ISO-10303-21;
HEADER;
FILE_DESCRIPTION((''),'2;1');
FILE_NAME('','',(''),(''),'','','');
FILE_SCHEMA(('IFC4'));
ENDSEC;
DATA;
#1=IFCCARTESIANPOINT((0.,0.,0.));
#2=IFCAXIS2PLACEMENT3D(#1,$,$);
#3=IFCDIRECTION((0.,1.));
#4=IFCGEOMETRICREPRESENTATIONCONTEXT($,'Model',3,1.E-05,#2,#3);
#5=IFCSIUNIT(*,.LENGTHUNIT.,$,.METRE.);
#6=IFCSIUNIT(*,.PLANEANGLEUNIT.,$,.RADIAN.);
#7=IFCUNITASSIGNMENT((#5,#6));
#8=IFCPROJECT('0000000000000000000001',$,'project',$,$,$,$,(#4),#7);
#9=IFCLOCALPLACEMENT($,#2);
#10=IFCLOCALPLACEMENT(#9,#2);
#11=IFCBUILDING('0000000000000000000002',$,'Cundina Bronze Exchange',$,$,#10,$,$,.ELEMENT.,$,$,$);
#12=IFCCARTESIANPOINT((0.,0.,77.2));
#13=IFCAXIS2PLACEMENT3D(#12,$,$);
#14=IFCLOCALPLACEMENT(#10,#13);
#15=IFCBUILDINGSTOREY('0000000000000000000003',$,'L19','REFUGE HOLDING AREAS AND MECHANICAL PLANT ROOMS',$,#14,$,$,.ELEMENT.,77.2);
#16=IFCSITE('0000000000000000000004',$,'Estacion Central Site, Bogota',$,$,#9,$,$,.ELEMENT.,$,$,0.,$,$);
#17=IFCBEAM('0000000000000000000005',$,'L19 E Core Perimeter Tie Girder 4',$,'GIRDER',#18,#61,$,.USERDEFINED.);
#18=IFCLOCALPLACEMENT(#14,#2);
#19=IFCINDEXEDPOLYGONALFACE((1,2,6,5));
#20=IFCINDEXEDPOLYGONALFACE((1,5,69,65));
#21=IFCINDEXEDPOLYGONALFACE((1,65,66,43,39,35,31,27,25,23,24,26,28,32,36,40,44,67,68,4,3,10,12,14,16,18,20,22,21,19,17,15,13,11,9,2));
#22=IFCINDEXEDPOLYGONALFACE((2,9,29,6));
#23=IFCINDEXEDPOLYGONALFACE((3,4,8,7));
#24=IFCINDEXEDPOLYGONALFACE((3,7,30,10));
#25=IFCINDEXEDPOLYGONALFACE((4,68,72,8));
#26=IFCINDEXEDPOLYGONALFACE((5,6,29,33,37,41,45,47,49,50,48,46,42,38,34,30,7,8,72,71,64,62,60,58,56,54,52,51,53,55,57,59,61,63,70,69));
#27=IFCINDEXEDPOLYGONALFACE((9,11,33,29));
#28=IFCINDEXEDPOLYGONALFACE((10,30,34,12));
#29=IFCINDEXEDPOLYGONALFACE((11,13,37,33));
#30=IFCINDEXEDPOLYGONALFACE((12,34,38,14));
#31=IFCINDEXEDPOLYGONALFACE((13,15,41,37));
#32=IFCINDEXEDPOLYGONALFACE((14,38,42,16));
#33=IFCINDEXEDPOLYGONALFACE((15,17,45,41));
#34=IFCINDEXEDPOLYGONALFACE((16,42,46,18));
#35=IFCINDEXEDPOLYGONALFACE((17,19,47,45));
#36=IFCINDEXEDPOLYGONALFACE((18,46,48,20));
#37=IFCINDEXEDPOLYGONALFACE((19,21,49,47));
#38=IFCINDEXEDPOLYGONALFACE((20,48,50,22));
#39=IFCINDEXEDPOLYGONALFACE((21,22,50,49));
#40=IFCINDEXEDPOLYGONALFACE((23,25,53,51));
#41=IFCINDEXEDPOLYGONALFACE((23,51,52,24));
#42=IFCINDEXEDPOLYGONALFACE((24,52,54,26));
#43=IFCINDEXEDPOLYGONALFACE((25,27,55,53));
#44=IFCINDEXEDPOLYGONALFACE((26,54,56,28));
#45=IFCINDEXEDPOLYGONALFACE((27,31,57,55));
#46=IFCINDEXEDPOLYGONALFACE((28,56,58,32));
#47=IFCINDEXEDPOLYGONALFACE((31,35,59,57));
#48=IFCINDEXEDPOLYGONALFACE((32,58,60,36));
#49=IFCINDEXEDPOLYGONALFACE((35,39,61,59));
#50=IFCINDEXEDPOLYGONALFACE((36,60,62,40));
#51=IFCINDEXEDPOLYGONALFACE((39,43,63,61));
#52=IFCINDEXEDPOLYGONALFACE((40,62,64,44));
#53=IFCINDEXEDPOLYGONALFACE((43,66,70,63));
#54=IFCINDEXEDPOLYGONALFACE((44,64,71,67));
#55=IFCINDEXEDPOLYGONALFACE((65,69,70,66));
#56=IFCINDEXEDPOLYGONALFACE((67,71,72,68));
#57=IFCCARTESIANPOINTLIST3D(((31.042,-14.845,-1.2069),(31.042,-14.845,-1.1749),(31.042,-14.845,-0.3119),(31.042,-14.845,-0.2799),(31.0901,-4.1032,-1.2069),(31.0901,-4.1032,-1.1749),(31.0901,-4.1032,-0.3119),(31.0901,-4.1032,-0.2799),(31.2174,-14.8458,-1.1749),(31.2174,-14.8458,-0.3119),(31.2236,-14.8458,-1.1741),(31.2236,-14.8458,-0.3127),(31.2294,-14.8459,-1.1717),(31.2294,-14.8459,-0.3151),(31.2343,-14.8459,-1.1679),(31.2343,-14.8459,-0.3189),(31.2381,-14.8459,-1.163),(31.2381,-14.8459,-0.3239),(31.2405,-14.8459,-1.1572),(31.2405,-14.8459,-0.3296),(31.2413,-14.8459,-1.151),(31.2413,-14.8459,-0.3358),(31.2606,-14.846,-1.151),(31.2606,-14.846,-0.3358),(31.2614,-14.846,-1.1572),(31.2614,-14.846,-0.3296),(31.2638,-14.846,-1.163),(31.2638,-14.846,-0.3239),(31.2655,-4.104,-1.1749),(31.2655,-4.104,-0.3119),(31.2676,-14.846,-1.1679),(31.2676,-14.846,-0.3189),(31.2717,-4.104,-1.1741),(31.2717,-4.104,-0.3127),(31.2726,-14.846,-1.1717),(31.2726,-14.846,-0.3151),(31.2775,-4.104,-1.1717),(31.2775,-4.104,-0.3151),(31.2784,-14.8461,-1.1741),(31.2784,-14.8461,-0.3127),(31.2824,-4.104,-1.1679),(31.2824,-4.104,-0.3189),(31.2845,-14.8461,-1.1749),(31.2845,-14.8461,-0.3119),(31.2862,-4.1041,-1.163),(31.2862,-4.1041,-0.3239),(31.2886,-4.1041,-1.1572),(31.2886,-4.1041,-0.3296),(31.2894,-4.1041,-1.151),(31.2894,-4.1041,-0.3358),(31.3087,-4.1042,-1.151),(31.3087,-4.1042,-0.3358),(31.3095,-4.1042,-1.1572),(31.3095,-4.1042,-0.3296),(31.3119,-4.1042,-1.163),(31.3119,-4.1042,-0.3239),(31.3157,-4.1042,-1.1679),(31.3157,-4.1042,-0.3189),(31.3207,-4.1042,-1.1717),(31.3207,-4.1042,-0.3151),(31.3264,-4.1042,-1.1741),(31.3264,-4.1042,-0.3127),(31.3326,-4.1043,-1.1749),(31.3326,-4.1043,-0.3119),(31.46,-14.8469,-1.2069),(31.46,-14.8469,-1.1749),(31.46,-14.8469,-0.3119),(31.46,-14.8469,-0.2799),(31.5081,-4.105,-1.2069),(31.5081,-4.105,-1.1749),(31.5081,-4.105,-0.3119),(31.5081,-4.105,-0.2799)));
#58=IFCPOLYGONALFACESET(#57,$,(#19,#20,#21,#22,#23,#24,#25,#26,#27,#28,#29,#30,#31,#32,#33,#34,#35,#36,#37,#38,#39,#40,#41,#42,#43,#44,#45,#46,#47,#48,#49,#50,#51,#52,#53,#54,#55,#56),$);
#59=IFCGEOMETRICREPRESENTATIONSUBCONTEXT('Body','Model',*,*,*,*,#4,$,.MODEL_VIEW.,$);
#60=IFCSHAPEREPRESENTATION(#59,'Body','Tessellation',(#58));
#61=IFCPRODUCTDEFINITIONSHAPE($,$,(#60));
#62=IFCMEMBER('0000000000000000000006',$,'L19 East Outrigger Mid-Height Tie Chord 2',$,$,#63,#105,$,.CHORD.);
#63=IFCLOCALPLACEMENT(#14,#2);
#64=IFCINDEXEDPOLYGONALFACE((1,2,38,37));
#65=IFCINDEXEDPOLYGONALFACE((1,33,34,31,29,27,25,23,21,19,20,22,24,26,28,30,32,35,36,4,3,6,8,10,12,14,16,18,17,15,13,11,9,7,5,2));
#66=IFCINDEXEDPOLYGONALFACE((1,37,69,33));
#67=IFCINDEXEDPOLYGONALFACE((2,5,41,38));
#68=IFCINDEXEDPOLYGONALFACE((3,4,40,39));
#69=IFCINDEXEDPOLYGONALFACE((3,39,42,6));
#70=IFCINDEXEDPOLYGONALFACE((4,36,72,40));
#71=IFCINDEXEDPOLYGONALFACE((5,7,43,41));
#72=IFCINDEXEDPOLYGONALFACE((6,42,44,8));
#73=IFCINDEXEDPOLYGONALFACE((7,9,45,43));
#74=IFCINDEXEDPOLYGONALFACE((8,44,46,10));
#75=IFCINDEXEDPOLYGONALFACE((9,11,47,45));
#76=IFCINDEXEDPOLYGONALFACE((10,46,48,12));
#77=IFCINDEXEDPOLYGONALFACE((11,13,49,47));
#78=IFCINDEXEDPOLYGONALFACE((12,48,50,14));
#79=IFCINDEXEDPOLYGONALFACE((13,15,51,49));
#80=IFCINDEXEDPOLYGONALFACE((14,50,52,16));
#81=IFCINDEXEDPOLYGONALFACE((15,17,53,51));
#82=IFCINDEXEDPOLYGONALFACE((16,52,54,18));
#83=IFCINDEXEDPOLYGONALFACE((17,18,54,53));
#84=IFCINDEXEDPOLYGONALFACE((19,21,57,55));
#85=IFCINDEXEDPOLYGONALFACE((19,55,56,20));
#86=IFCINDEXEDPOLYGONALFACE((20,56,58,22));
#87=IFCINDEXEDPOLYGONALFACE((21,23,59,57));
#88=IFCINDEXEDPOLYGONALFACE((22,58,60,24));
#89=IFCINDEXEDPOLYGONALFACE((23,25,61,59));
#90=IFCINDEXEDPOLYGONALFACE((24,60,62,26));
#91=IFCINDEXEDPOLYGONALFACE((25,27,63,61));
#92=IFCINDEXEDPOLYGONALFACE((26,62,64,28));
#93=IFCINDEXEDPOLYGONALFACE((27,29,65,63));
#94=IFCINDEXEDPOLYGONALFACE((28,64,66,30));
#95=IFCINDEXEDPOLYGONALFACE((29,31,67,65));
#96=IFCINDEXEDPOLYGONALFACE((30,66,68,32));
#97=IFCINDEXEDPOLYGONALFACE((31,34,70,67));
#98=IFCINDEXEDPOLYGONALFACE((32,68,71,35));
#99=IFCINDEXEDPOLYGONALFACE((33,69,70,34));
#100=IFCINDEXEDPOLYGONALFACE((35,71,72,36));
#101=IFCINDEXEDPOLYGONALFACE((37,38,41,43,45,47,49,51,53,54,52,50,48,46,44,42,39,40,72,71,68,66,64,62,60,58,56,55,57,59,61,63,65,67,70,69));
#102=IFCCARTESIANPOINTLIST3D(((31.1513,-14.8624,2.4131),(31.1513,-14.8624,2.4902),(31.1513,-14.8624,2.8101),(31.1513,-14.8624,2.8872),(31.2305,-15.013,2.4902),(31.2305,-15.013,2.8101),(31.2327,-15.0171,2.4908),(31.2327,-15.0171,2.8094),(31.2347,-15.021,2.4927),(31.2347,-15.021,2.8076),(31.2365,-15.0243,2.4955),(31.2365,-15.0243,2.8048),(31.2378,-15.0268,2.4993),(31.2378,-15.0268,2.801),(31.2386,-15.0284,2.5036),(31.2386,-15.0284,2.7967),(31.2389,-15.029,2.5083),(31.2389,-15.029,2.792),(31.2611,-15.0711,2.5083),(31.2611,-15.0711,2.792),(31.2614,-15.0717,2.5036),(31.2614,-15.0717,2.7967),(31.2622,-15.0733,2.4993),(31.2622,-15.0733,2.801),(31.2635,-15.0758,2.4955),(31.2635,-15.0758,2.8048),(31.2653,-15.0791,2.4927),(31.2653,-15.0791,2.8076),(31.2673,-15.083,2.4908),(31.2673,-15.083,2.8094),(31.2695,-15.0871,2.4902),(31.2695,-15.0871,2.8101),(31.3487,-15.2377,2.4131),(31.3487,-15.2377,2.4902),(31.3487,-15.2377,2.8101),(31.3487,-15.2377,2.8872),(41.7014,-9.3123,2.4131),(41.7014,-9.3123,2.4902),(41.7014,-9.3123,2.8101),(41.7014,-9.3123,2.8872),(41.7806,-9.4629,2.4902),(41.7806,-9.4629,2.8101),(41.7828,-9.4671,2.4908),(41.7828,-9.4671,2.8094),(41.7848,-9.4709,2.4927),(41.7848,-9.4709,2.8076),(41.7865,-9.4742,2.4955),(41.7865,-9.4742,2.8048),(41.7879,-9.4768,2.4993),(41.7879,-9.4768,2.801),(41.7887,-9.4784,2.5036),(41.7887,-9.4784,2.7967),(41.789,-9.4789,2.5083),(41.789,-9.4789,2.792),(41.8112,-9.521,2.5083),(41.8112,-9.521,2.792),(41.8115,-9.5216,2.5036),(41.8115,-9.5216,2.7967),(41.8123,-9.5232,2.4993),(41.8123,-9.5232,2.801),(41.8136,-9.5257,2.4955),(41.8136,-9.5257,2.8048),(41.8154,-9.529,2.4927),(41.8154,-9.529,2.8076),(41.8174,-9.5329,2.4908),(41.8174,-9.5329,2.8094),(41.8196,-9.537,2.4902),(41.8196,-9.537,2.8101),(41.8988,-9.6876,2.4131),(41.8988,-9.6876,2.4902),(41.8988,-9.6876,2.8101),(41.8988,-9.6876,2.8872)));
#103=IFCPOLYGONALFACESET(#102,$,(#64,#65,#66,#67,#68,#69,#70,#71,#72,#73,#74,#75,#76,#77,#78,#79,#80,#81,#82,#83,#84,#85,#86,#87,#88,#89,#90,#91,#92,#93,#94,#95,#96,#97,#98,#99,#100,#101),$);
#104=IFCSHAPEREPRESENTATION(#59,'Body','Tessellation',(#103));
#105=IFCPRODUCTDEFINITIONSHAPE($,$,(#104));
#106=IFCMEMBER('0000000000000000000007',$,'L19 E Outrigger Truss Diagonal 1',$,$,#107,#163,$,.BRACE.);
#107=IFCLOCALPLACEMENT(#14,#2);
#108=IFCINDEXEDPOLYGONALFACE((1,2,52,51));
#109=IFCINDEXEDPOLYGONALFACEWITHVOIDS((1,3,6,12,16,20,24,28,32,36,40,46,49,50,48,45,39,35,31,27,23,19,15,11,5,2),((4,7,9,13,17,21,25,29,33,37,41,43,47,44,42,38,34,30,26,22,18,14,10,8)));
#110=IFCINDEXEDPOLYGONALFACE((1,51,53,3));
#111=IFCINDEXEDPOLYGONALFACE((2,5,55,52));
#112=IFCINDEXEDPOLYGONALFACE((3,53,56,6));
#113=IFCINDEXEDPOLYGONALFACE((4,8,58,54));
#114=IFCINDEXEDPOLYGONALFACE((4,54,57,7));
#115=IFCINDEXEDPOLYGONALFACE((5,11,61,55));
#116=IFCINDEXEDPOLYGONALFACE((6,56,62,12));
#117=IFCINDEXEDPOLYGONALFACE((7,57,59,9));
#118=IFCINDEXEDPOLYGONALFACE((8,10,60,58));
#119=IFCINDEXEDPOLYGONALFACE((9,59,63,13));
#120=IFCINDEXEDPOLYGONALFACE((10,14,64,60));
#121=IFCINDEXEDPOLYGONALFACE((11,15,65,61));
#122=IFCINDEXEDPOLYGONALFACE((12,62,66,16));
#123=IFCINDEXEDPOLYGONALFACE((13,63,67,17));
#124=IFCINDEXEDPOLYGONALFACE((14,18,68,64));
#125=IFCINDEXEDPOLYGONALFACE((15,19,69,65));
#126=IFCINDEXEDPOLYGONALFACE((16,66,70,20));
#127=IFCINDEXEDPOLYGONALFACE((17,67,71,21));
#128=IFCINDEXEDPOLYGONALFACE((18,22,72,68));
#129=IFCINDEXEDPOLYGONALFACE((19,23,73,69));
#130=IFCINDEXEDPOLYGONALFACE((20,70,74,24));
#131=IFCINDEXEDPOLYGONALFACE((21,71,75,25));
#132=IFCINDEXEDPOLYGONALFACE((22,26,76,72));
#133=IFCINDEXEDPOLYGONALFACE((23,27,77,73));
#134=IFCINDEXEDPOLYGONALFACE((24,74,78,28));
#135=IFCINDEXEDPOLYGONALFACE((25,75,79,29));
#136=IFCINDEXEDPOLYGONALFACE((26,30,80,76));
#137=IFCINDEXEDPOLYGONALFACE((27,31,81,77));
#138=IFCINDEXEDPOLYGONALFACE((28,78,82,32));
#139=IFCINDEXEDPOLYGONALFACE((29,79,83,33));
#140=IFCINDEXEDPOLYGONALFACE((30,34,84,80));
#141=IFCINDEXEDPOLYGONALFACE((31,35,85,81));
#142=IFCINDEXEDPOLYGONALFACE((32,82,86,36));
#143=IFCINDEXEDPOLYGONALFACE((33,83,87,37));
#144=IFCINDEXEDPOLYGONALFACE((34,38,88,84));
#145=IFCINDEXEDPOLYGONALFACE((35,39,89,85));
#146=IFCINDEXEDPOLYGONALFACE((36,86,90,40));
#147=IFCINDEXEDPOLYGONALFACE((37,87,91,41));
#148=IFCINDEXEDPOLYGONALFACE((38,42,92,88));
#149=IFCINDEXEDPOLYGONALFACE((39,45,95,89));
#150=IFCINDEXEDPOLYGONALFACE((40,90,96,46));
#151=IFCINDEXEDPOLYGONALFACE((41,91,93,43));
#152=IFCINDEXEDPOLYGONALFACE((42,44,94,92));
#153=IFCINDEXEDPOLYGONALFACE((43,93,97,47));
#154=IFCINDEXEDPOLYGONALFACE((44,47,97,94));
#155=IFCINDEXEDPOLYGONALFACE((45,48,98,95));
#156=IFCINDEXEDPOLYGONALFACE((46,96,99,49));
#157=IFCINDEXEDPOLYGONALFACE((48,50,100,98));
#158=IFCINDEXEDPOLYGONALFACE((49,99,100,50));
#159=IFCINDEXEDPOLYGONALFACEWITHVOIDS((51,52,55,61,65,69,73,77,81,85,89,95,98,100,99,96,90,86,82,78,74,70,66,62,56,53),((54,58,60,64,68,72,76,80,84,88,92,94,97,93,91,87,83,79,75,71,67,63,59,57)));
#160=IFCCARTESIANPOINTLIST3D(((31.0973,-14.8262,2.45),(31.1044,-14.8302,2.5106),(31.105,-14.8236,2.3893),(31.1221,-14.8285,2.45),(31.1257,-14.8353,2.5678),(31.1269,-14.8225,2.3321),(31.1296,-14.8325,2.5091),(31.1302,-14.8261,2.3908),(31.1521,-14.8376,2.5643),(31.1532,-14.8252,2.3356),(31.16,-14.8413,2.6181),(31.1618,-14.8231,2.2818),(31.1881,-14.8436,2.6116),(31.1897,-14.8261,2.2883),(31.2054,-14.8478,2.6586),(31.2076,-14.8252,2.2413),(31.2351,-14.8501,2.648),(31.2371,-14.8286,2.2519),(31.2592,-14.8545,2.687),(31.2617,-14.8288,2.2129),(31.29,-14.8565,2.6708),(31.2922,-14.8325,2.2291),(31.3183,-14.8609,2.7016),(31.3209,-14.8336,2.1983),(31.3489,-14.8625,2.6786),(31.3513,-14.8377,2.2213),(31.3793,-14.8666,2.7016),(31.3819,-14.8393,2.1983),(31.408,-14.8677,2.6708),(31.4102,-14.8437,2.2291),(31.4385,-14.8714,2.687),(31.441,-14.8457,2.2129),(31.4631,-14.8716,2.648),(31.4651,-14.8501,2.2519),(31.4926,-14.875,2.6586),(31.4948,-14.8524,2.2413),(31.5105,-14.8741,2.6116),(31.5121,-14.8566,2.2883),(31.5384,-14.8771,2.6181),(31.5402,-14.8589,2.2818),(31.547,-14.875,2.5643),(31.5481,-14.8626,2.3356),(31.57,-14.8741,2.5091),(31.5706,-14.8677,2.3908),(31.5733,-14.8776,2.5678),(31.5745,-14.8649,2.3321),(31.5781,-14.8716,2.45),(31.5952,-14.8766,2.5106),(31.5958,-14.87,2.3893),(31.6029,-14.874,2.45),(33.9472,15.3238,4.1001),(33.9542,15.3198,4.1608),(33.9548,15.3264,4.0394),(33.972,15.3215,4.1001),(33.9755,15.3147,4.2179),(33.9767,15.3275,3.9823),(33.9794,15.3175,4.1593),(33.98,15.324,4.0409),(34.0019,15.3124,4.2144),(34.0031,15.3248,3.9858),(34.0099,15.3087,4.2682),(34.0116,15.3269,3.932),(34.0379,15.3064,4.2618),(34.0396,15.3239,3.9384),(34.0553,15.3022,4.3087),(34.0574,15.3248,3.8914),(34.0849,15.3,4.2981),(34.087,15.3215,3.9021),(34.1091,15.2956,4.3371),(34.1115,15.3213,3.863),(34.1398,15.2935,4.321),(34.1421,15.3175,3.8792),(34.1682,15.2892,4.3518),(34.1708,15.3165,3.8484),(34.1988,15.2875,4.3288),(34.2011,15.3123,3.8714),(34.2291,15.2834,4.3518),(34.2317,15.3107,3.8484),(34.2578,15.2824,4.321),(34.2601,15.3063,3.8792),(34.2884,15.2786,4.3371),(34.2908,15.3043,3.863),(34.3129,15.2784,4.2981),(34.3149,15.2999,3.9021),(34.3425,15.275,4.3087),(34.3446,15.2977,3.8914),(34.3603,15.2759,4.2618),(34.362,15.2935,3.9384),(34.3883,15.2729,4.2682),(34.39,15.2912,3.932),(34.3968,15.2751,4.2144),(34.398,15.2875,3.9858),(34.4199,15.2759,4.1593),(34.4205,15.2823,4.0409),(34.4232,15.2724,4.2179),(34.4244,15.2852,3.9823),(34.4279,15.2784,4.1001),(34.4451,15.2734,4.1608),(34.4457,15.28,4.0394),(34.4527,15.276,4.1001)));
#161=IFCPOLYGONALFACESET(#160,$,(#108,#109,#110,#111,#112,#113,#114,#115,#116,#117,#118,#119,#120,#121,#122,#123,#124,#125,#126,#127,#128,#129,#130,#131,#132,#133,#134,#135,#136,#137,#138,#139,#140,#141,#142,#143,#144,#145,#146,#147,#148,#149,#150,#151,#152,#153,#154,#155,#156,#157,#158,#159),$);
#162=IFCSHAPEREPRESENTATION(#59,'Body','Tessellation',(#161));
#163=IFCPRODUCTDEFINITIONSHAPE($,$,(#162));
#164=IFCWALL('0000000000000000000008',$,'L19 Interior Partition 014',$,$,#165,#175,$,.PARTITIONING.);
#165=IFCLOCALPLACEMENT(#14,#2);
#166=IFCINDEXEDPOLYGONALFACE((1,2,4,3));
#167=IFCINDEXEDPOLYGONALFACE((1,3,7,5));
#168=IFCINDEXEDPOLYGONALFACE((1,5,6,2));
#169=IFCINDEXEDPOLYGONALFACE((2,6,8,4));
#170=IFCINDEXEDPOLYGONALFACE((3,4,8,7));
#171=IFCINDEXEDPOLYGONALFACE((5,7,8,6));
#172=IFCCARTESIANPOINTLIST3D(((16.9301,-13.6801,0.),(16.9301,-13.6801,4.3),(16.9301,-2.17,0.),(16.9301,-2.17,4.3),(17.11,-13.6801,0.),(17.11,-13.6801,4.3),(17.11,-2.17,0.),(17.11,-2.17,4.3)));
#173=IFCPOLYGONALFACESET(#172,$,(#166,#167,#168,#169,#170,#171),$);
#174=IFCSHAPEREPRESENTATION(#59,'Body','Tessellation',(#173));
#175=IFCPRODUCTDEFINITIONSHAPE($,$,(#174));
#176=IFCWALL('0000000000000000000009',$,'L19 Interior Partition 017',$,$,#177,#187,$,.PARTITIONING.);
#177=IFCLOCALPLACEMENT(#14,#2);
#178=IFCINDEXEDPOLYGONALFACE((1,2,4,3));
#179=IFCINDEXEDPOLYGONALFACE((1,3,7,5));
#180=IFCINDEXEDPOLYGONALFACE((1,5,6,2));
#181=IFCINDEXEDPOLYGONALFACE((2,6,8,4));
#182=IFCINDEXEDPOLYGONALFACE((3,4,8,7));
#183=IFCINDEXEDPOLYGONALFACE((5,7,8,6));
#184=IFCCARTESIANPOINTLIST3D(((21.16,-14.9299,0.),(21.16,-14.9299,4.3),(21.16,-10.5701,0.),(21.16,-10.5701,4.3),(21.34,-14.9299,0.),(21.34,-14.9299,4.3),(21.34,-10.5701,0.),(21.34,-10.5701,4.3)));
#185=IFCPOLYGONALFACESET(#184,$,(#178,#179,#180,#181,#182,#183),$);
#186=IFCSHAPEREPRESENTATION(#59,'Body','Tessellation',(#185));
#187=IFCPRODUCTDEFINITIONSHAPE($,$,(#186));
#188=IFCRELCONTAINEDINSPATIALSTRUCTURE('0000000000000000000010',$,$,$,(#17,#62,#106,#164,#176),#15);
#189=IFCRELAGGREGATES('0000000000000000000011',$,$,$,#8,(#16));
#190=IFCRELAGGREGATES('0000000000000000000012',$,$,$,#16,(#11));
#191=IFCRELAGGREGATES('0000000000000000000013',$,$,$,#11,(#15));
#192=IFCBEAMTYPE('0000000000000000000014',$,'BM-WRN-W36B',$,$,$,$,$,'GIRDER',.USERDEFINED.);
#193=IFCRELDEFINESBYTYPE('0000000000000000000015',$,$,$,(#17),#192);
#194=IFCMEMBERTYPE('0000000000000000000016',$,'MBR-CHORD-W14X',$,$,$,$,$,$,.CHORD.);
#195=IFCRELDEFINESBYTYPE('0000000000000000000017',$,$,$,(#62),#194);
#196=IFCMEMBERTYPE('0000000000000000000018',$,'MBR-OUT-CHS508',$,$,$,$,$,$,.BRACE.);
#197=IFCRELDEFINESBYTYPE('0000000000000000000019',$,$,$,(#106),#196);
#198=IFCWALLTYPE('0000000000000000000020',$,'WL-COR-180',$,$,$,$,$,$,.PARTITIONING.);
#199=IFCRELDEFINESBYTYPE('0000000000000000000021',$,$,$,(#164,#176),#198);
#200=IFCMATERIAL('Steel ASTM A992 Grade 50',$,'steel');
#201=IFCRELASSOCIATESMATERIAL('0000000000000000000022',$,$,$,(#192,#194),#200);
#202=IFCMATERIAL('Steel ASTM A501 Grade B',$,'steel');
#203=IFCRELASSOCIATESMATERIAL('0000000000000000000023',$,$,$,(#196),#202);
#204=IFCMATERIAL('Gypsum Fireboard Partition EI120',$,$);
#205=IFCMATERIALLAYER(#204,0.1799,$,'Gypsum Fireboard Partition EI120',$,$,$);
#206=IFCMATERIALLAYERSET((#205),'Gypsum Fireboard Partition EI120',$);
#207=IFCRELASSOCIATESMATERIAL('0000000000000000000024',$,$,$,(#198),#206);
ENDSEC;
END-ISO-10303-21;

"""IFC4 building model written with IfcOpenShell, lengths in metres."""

from ifc_helpers import new_model, si_unit, direction, frame, frame_2d, origin, origin_2d, place, context, subcontext, project, spatial, rectangle, hollow_circle, i_section, extrude, material, layer, layer_set, material_profile, profile_set, type_object, element, save


model = new_model("IFC4")

# Units and contexts
model_context = context("Model", 3, precision=1e-05, world=origin(), true_north=direction((0.0, 1.0)))
body_context = subcontext(model_context, "Body", "Model", "MODEL_VIEW")
ifc_project = project(units=[si_unit("LENGTHUNIT", "METRE"), si_unit("PLANEANGLEUNIT", "RADIAN")], contexts=[model_context])

# Site, building, storey
site_placement = place(None, origin())
site = spatial("IfcSite", under=ifc_project, at=site_placement, Name="Estacion Central Site, Bogota", CompositionType="ELEMENT", RefElevation=0.0)
building_placement = place(site_placement, origin())
building = spatial("IfcBuilding", under=site, at=building_placement, Name="Cundina Bronze Exchange", CompositionType="ELEMENT")
storey_placement = place(building_placement, frame((0.0, 0.0, 77.2)))
storey = spatial("IfcBuildingStorey", under=building, at=storey_placement, Name="L19", Description="REFUGE HOLDING AREAS AND MECHANICAL PLANT ROOMS", CompositionType="ELEMENT", Elevation=77.2)

# Shared definitions
ifc_material_1 = material(Name="Steel ASTM A992 Grade 50", Category="steel")

# Beam
ifc_material_profile_1 = material_profile(ifc_material_1, i_section(OverallWidth=0.418, OverallDepth=0.927, WebThickness=0.0193, FlangeThickness=0.032, FilletRadius=0.0239, at=origin_2d()), Name="W36X231", Category="steel")
ifc_profile_set_1 = profile_set([ifc_material_profile_1], Name="Steel ASTM A992 Grade 50")
beam_type_1 = type_object("IfcBeamType", Name="BM-WRN-W36B", ElementType="GIRDER", PredefinedType="USERDEFINED", material=ifc_profile_set_1)
beam_1_placement = place(storey_placement, frame((31.251, -14.8459, -0.7434), z_axis=(0.004477, 0.99999, 0.0), x_axis=(-0.99999, 0.004477, 0.0)))
element("IfcBeam", 1, at=beam_1_placement, inside=storey, type_object=beam_type_1, Name="L19 E Core Perimeter Tie Girder 4", ObjectType="GIRDER", PredefinedType="USERDEFINED", context=body_context, shape_type="SweptSolid", body=[
    extrude(i_section(OverallWidth=0.418, OverallDepth=0.927, WebThickness=0.0193, FlangeThickness=0.032, FilletRadius=0.0239, at=origin_2d()), origin(), (0.0, 0.0, 1.0), 10.7419),
])

# Members
ifc_material_profile_2 = material_profile(ifc_material_1, i_section(OverallWidth=0.4241, OverallDepth=0.4741, WebThickness=0.0476, FlangeThickness=0.0771, FilletRadius=0.0181, at=origin_2d()), Name="W14X426", Category="steel")
ifc_profile_set_2 = profile_set([ifc_material_profile_2], Name="Steel ASTM A992 Grade 50")
member_type_1 = type_object("IfcMemberType", Name="MBR-CHORD-W14X", PredefinedType="CHORD", material=ifc_profile_set_2)
member_1_placement = place(storey_placement, frame((31.25, -15.05, 2.6501), z_axis=(0.885008, 0.465575, 0.0), x_axis=(-0.465575, 0.885008, 0.0)))
element("IfcMember", 2, at=member_1_placement, inside=storey, type_object=member_type_1, Name="L19 East Outrigger Mid-Height Tie Chord 2", PredefinedType="CHORD", context=body_context, shape_type="SweptSolid", body=[
    extrude(i_section(OverallWidth=0.4241, OverallDepth=0.4741, WebThickness=0.0476, FlangeThickness=0.0771, FilletRadius=0.0181, at=origin_2d()), origin(), (0.0, 0.0, 1.0), 11.9209),
])
ifc_material_2 = material(Name="Steel ASTM A501 Grade B", Category="steel")
ifc_material_profile_3 = material_profile(ifc_material_2, hollow_circle(Radius=0.2539, WallThickness=0.0249, at=origin_2d()), Name="CHS508X25", Category="steel")
ifc_profile_set_3 = profile_set([ifc_material_profile_3], Name="Steel ASTM A501 Grade B")
member_type_2 = type_object("IfcMemberType", Name="MBR-OUT-CHS508", PredefinedType="BRACE", material=ifc_profile_set_3)
member_2_placement = place(storey_placement, frame((31.3501, -14.8501, 2.45), z_axis=(0.093963, 0.994088, 0.054407), x_axis=(-0.995563, 0.094103, 0.0)))
element("IfcMember", 3, at=member_2_placement, inside=storey, type_object=member_type_2, Name="L19 E Outrigger Truss Diagonal 1", PredefinedType="BRACE", context=body_context, shape_type="SweptSolid", body=[
    extrude(hollow_circle(Radius=0.2539, WallThickness=0.0249, at=origin_2d()), origin(), (0.0, 0.0, 1.0), 30.3293),
])

# Walls
ifc_material_3 = material(Name="Gypsum Fireboard Partition EI120")
ifc_layer_1 = layer(ifc_material_3, 0.1799, Name="Gypsum Fireboard Partition EI120")
ifc_layer_set_1 = layer_set([ifc_layer_1], Name="Gypsum Fireboard Partition EI120")
wall_type_1 = type_object("IfcWallType", Name="WL-COR-180", PredefinedType="PARTITIONING", material=ifc_layer_set_1)
wall_1_placement = place(storey_placement, frame((17.02, -13.6799, 0.0), z_axis=(0.0, 0.0, 1.0), x_axis=(0.0, 1.0, 0.0)))
element("IfcWall", 4, at=wall_1_placement, inside=storey, type_object=wall_type_1, Name="L19 Interior Partition 014", PredefinedType="PARTITIONING", context=body_context, shape_type="SweptSolid", body=[
    extrude(rectangle(XDim=11.51, YDim=0.1799, at=frame_2d((5.7549, 0.0))), origin(), (0.0, 0.0, 1.0), 4.3),
])
wall_2_placement = place(storey_placement, frame((21.25, -14.9299, 0.0), z_axis=(0.0, 0.0, 1.0), x_axis=(0.0, 1.0, 0.0)))
element("IfcWall", 5, at=wall_2_placement, inside=storey, type_object=wall_type_1, Name="L19 Interior Partition 017", PredefinedType="PARTITIONING", context=body_context, shape_type="SweptSolid", body=[
    extrude(rectangle(XDim=4.3599, YDim=0.1799, at=frame_2d((2.1799, 0.0))), origin(), (0.0, 0.0, 1.0), 4.3),
])

save(model, "model.ifc")
